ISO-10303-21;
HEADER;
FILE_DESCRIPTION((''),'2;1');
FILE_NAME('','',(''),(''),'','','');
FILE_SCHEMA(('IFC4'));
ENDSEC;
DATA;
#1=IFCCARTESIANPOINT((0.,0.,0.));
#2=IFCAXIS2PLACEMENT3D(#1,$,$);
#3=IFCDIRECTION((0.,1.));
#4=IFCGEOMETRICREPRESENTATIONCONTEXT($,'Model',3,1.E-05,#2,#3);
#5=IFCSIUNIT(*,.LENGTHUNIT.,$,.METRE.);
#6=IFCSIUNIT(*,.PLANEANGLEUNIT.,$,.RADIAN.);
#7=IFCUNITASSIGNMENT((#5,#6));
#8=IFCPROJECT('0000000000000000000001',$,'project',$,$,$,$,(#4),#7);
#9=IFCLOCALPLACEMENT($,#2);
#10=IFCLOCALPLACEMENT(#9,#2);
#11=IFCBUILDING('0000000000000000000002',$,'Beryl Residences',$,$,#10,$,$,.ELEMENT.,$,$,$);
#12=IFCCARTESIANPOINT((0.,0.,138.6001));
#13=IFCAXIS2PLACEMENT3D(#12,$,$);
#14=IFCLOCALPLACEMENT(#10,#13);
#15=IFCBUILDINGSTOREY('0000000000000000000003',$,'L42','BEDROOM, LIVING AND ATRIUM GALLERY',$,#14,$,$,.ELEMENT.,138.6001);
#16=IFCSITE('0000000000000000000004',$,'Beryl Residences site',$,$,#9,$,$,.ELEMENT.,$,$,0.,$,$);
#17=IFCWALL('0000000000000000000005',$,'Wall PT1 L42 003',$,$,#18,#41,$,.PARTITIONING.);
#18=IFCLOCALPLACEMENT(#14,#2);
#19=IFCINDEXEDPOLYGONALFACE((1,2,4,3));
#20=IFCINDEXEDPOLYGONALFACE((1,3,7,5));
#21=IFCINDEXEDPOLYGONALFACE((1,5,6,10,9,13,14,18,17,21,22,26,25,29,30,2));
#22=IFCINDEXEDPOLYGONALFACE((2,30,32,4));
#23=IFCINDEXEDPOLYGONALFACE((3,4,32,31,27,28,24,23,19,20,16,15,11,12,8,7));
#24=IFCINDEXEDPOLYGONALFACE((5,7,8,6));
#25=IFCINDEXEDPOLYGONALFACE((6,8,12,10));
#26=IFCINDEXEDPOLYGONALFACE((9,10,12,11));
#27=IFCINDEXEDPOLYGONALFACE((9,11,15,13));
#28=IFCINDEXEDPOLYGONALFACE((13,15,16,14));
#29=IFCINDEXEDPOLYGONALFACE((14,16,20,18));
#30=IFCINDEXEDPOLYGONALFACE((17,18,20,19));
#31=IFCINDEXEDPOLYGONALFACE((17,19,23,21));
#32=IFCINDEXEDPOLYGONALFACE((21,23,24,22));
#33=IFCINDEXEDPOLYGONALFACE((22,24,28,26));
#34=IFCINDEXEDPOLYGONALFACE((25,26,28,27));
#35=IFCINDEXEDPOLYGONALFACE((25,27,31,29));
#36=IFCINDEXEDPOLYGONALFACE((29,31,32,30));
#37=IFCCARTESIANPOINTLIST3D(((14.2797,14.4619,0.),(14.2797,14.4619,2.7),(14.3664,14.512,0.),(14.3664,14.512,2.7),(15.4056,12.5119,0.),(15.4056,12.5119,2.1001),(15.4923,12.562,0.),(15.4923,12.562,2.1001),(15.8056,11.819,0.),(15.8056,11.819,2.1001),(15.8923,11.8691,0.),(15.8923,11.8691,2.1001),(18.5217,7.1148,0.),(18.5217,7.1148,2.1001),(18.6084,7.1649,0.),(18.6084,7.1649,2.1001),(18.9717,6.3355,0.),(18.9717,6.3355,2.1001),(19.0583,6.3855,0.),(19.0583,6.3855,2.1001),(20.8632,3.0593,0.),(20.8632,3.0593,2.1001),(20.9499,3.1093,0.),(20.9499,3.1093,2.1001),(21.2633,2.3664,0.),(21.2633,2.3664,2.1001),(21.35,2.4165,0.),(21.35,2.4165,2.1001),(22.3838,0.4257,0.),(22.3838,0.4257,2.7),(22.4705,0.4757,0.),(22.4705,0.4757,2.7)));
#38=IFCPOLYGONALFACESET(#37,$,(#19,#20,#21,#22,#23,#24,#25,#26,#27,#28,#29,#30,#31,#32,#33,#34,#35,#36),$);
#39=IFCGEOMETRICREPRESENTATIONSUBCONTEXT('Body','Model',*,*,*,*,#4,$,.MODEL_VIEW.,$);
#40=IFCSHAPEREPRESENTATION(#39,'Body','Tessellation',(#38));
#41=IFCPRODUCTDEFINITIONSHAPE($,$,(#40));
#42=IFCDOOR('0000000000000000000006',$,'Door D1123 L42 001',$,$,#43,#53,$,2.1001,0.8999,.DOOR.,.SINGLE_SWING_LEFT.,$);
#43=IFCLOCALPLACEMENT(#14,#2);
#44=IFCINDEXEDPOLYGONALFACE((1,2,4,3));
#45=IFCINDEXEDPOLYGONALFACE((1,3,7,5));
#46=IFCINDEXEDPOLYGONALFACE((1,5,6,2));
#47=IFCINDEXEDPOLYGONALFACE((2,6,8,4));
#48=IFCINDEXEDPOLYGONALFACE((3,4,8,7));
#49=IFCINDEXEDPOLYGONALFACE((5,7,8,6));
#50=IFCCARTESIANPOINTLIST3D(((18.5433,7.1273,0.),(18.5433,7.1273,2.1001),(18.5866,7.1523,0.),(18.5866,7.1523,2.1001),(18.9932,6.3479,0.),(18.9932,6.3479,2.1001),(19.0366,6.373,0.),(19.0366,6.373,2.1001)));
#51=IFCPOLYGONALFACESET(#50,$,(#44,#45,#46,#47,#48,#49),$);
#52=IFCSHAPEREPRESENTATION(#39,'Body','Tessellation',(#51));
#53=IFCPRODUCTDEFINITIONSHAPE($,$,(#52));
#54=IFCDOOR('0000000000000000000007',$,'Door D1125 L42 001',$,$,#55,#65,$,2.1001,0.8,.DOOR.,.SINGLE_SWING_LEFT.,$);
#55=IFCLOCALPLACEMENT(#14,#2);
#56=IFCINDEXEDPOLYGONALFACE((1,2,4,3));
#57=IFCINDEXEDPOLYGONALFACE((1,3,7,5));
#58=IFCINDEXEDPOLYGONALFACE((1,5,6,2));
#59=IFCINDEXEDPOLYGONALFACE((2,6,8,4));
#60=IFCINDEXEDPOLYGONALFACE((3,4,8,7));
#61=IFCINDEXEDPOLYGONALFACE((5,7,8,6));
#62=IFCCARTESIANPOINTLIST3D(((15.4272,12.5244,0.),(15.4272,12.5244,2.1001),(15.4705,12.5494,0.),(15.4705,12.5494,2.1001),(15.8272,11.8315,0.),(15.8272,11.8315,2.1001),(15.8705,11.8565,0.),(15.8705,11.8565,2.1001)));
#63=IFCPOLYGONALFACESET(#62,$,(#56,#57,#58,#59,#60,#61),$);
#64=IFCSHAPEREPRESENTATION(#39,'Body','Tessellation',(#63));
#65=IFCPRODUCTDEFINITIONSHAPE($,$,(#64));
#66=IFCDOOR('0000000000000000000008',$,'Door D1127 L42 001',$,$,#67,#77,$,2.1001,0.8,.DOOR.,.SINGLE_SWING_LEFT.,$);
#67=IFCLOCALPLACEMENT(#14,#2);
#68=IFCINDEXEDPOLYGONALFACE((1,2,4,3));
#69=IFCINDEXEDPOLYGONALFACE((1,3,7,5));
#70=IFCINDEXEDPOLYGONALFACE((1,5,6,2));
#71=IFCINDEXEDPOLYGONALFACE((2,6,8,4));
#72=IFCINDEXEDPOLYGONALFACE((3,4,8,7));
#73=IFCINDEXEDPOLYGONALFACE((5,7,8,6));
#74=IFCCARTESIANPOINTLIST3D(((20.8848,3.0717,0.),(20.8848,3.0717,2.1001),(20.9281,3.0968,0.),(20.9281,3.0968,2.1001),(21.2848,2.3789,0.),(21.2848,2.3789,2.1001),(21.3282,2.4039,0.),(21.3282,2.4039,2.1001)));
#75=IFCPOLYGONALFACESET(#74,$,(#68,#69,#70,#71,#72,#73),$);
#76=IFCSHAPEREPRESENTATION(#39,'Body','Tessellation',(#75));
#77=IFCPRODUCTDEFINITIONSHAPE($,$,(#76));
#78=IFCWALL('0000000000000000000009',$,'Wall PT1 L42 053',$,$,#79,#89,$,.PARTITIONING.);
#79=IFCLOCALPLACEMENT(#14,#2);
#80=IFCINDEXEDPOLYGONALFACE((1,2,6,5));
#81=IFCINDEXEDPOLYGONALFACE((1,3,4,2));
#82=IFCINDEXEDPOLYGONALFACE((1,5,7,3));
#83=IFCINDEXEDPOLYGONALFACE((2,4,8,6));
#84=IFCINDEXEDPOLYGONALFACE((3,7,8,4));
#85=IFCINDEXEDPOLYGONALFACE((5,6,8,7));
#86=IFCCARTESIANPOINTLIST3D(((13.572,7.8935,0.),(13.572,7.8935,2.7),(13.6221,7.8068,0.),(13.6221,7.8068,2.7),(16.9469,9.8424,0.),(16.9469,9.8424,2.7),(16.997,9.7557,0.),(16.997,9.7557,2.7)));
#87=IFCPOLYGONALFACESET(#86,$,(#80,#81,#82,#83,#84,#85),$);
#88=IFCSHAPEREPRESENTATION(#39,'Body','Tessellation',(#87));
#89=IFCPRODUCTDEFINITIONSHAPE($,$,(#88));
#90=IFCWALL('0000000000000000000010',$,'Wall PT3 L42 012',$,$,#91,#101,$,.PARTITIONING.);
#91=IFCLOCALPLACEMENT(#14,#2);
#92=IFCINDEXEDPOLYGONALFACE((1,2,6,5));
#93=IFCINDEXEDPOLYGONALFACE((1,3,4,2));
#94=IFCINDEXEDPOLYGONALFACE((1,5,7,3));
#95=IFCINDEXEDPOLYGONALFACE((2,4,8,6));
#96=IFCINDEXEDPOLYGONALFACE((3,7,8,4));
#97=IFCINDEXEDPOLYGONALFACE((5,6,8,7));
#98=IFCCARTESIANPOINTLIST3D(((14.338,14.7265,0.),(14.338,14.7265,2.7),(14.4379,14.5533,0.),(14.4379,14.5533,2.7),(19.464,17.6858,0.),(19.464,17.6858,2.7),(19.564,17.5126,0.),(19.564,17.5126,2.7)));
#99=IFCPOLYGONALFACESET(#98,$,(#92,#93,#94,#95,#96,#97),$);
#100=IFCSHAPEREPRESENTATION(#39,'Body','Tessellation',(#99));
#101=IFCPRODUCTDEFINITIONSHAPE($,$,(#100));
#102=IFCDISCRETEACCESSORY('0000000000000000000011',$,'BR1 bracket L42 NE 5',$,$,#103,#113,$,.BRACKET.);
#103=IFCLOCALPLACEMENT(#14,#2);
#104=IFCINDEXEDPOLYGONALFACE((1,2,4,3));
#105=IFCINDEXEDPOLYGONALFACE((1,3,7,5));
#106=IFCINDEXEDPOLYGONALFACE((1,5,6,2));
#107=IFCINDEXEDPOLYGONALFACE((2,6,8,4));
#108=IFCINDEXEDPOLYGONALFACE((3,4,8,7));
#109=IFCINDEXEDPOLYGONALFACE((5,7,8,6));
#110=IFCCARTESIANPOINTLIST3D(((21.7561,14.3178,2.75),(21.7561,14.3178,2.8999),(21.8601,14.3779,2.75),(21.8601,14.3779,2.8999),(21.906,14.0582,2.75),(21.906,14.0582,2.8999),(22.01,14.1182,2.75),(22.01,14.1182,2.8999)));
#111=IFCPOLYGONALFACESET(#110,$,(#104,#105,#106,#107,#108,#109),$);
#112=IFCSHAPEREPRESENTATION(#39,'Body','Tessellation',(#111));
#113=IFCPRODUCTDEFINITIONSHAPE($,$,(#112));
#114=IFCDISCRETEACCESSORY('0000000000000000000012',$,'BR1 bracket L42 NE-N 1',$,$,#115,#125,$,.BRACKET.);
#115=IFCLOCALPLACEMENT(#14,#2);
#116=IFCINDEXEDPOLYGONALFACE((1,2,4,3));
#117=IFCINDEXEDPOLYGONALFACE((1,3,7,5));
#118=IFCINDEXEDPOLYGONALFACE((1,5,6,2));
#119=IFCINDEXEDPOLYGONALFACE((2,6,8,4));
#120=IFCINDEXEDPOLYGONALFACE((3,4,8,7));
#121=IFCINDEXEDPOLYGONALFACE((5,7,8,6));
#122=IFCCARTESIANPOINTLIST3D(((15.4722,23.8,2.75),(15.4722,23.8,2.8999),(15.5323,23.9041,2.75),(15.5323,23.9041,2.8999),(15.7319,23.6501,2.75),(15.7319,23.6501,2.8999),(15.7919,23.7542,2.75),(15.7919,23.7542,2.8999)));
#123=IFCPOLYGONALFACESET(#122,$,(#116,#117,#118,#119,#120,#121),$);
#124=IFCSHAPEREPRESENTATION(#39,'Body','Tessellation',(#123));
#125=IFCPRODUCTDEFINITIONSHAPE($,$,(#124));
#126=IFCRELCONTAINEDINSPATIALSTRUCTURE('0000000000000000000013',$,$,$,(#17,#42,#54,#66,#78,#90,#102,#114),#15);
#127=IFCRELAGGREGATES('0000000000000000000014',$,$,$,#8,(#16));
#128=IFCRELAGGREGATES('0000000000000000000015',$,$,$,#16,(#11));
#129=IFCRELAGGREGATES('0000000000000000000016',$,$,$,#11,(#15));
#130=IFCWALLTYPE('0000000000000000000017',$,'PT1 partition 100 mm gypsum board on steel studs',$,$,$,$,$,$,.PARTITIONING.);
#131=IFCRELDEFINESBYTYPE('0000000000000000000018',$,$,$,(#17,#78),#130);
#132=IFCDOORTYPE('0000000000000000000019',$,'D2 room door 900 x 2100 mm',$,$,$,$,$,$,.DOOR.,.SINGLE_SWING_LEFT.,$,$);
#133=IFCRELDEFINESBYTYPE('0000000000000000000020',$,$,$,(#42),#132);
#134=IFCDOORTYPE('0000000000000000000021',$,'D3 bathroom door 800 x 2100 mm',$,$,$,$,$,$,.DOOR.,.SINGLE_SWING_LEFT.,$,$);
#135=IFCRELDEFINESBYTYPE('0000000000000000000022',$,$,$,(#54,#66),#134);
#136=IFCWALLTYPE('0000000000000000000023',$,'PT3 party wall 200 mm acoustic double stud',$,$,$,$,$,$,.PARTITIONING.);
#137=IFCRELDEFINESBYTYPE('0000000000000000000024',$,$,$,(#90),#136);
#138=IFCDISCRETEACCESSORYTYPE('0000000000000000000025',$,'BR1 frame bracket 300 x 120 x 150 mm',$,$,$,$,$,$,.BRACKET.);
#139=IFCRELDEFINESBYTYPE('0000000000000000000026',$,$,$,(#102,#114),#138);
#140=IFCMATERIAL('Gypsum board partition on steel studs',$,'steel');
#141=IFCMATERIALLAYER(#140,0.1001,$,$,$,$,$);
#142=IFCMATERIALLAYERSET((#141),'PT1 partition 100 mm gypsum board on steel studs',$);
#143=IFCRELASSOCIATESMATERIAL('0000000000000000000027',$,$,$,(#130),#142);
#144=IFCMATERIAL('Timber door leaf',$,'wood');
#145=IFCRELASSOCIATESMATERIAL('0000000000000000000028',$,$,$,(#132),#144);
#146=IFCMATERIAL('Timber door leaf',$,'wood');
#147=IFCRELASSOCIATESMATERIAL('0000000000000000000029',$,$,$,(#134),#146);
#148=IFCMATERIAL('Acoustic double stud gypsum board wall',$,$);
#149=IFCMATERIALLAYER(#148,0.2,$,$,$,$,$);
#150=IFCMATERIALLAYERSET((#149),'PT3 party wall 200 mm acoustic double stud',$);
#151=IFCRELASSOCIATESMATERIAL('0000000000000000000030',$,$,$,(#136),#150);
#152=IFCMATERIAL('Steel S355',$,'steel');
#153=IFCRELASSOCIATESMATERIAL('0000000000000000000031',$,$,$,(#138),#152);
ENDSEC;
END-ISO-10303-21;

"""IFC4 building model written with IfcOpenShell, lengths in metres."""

from ifc_helpers import new_model, si_unit, direction, frame, frame_2d, origin, place, context, subcontext, project, spatial, polyline, rectangle, outline, extrude, source, transform, mapped, material, layer, layer_set, type_object, type_shapes, element, fill, save


model = new_model("IFC4")

# Units and contexts
model_context = context("Model", 3, precision=1e-05, world=origin(), true_north=direction((0.0, 1.0)))
body_context = subcontext(model_context, "Body", "Model", "MODEL_VIEW")
ifc_project = project(units=[si_unit("LENGTHUNIT", "METRE"), si_unit("PLANEANGLEUNIT", "RADIAN")], contexts=[model_context])

# Site, building, storey
site_placement = place(None, origin())
site = spatial("IfcSite", under=ifc_project, at=site_placement, Name="Beryl Residences site", CompositionType="ELEMENT", RefElevation=0.0)
building_placement = place(site_placement, origin())
building = spatial("IfcBuilding", under=site, at=building_placement, Name="Beryl Residences", CompositionType="ELEMENT")
storey_placement = place(building_placement, frame((0.0, 0.0, 138.6001)))
storey = spatial("IfcBuildingStorey", under=building, at=storey_placement, Name="L42", Description="BEDROOM, LIVING AND ATRIUM GALLERY", CompositionType="ELEMENT", Elevation=138.6001)

# Wall, openings, doors
ifc_material_1 = material(Name="Gypsum board partition on steel studs", Category="steel")
ifc_layer_1 = layer(ifc_material_1, 0.1001)
ifc_layer_set_1 = layer_set([ifc_layer_1], Name="PT1 partition 100 mm gypsum board on steel studs")
wall_type_1 = type_object("IfcWallType", Name="PT1 partition 100 mm gypsum board on steel studs", PredefinedType="PARTITIONING", material=ifc_layer_set_1)
wall_1_placement = place(storey_placement, frame((14.323, 14.4871, 0.0), z_axis=(0.0, 0.0, 1.0), x_axis=(0.500011, -0.866019, 0.0)))
wall_1 = element("IfcWall", 1, at=wall_1_placement, inside=storey, type_object=wall_type_1, Name="Wall PT1 L42 003", PredefinedType="PARTITIONING", context=body_context, shape_type="SweptSolid", body=[
    extrude(rectangle(XDim=16.2078, YDim=0.1001, at=frame_2d((8.104, 0.0))), origin(), (0.0, 0.0, 1.0), 2.7),
])
opening_1_placement = place(wall_1_placement, frame((8.4839, 0.0, 0.0)))
opening_1 = element("IfcOpeningElement", 2, at=opening_1_placement, cuts=wall_1, PredefinedType="OPENING", context=body_context, shape_type="SweptSolid", body=[
    extrude(rectangle(XDim=0.8999, YDim=2.1001, at=frame_2d((0.45, 1.05))), frame((0.0, 0.0601, 0.0), z_axis=(0.0, -1.0, 0.0), x_axis=(1.0, 0.0, 0.0)), (0.0, 0.0, 1.0), 0.1201),
])
opening_2_placement = place(wall_1_placement, frame((2.252, 0.0, 0.0)))
opening_2 = element("IfcOpeningElement", 3, at=opening_2_placement, cuts=wall_1, PredefinedType="OPENING", context=body_context, shape_type="SweptSolid", body=[
    extrude(rectangle(XDim=0.8, YDim=2.1001, at=frame_2d((0.3999, 1.05))), frame((0.0, 0.0601, 0.0), z_axis=(0.0, -1.0, 0.0), x_axis=(1.0, 0.0, 0.0)), (0.0, 0.0, 1.0), 0.1201),
])
opening_3_placement = place(wall_1_placement, frame((13.167, 0.0, 0.0)))
opening_3 = element("IfcOpeningElement", 4, at=opening_3_placement, cuts=wall_1, PredefinedType="OPENING", context=body_context, shape_type="SweptSolid", body=[
    extrude(rectangle(XDim=0.8, YDim=2.1001, at=frame_2d((0.3999, 1.05))), frame((0.0, 0.0601, 0.0), z_axis=(0.0, -1.0, 0.0), x_axis=(1.0, 0.0, 0.0)), (0.0, 0.0, 1.0), 0.1201),
])
ifc_material_2 = material(Name="Timber door leaf", Category="wood")
door_type_1 = type_object("IfcDoorType", Name="D2 room door 900 x 2100 mm", OperationType="SINGLE_SWING_LEFT", PredefinedType="DOOR", material=ifc_material_2)
door_1_placement = place(opening_1_placement, origin())
door_1 = element("IfcDoor", 5, at=door_1_placement, inside=storey, type_object=door_type_1, Name="Door D1123 L42 001", OperationType="SINGLE_SWING_LEFT", OverallHeight=2.1001, OverallWidth=0.8999, PredefinedType="DOOR", context=body_context, shape_type="SweptSolid", body=[
    extrude(rectangle(XDim=0.8999, YDim=2.1001, at=frame_2d((0.45, 1.05))), frame((0.0, 0.0249, 0.0), z_axis=(0.0, -1.0, 0.0), x_axis=(1.0, 0.0, 0.0)), (0.0, 0.0, 1.0), 0.05),
])
fill(opening_1, door_1)
ifc_material_3 = material(Name="Timber door leaf", Category="wood")
door_type_2 = type_object("IfcDoorType", Name="D3 bathroom door 800 x 2100 mm", OperationType="SINGLE_SWING_LEFT", PredefinedType="DOOR", material=ifc_material_3)
door_2_placement = place(opening_2_placement, origin())
door_2 = element("IfcDoor", 6, at=door_2_placement, inside=storey, type_object=door_type_2, Name="Door D1125 L42 001", OperationType="SINGLE_SWING_LEFT", OverallHeight=2.1001, OverallWidth=0.8, PredefinedType="DOOR", context=body_context, shape_type="SweptSolid", body=[
    extrude(rectangle(XDim=0.8, YDim=2.1001, at=frame_2d((0.3999, 1.05))), frame((0.0, 0.0249, 0.0), z_axis=(0.0, -1.0, 0.0), x_axis=(1.0, 0.0, 0.0)), (0.0, 0.0, 1.0), 0.05),
])
fill(opening_2, door_2)
door_3_placement = place(opening_3_placement, origin())
door_3 = element("IfcDoor", 7, at=door_3_placement, inside=storey, type_object=door_type_2, Name="Door D1127 L42 001", OperationType="SINGLE_SWING_LEFT", OverallHeight=2.1001, OverallWidth=0.8, PredefinedType="DOOR", context=body_context, shape_type="SweptSolid", body=[
    extrude(rectangle(XDim=0.8, YDim=2.1001, at=frame_2d((0.3999, 1.05))), frame((0.0, 0.0249, 0.0), z_axis=(0.0, -1.0, 0.0), x_axis=(1.0, 0.0, 0.0)), (0.0, 0.0, 1.0), 0.05),
])
fill(opening_3, door_3)

# Walls
wall_2_placement = place(storey_placement, frame((13.5969, 7.8501, 0.0), z_axis=(0.0, 0.0, 1.0), x_axis=(0.865979, 0.50008, 0.0)))
element("IfcWall", 8, at=wall_2_placement, inside=storey, type_object=wall_type_1, Name="Wall PT1 L42 053", PredefinedType="PARTITIONING", context=body_context, shape_type="SweptSolid", body=[
    extrude(rectangle(XDim=3.8972, YDim=0.1001, at=frame_2d((1.9487, 0.0))), origin(), (0.0, 0.0, 1.0), 2.7),
])
ifc_material_4 = material(Name="Acoustic double stud gypsum board wall")
ifc_layer_2 = layer(ifc_material_4, 0.2)
ifc_layer_set_2 = layer_set([ifc_layer_2], Name="PT3 party wall 200 mm acoustic double stud")
wall_type_2 = type_object("IfcWallType", Name="PT3 party wall 200 mm acoustic double stud", PredefinedType="PARTITIONING", material=ifc_layer_set_2)
wall_3_placement = place(storey_placement, frame((14.3879, 14.6399, 0.0), z_axis=(0.0, 0.0, 1.0), x_axis=(0.866044, 0.499968, 0.0)))
element("IfcWall", 9, at=wall_3_placement, inside=storey, type_object=wall_type_2, Name="Wall PT3 L42 012", PredefinedType="PARTITIONING", context=body_context, shape_type="SweptSolid", body=[
    extrude(rectangle(XDim=5.9189, YDim=0.2, at=frame_2d((2.9595, 0.0))), origin(), (0.0, 0.0, 1.0), 2.7),
])

# Discrete accessories
ifc_material_5 = material(Name="Steel S355", Category="steel")
discrete_accessory_type = type_object("IfcDiscreteAccessoryType", Name="BR1 frame bracket 300 x 120 x 150 mm", PredefinedType="BRACKET", material=ifc_material_5)
shared_shape_1 = source(origin(), body_context, "Body", "SweptSolid", [
    extrude(outline(polyline([(-0.1499, 0.0), (0.1499, 0.0), (0.1499, 0.1201), (-0.1499, 0.1201), (-0.1499, 0.0)])), origin(), (0.0, 0.0, 1.0), 0.1499),
])
type_shapes(discrete_accessory_type, [shared_shape_1])
for number, where, z_axis, x_axis, name in (
    (10, (21.8311, 14.188, 2.75), (0.0, 0.0, 1.0), (0.5, -0.866025, 0.0), "BR1 bracket L42 NE 5"),
    (11, (15.6021, 23.7251, 2.75), (0.0, 0.0, 1.0), (0.866025, -0.5, 0.0), "BR1 bracket L42 NE-N 1"),
):
    element("IfcDiscreteAccessory", number, at=place(storey_placement, frame(where, z_axis=z_axis, x_axis=x_axis)), inside=storey, type_object=discrete_accessory_type, Name=name, PredefinedType="BRACKET", context=body_context, shape_type="MappedRepresentation", body=[
        mapped(shared_shape_1, transform((0.0, 0.0, 0.0))),
    ])

save(model, "model.ifc")
